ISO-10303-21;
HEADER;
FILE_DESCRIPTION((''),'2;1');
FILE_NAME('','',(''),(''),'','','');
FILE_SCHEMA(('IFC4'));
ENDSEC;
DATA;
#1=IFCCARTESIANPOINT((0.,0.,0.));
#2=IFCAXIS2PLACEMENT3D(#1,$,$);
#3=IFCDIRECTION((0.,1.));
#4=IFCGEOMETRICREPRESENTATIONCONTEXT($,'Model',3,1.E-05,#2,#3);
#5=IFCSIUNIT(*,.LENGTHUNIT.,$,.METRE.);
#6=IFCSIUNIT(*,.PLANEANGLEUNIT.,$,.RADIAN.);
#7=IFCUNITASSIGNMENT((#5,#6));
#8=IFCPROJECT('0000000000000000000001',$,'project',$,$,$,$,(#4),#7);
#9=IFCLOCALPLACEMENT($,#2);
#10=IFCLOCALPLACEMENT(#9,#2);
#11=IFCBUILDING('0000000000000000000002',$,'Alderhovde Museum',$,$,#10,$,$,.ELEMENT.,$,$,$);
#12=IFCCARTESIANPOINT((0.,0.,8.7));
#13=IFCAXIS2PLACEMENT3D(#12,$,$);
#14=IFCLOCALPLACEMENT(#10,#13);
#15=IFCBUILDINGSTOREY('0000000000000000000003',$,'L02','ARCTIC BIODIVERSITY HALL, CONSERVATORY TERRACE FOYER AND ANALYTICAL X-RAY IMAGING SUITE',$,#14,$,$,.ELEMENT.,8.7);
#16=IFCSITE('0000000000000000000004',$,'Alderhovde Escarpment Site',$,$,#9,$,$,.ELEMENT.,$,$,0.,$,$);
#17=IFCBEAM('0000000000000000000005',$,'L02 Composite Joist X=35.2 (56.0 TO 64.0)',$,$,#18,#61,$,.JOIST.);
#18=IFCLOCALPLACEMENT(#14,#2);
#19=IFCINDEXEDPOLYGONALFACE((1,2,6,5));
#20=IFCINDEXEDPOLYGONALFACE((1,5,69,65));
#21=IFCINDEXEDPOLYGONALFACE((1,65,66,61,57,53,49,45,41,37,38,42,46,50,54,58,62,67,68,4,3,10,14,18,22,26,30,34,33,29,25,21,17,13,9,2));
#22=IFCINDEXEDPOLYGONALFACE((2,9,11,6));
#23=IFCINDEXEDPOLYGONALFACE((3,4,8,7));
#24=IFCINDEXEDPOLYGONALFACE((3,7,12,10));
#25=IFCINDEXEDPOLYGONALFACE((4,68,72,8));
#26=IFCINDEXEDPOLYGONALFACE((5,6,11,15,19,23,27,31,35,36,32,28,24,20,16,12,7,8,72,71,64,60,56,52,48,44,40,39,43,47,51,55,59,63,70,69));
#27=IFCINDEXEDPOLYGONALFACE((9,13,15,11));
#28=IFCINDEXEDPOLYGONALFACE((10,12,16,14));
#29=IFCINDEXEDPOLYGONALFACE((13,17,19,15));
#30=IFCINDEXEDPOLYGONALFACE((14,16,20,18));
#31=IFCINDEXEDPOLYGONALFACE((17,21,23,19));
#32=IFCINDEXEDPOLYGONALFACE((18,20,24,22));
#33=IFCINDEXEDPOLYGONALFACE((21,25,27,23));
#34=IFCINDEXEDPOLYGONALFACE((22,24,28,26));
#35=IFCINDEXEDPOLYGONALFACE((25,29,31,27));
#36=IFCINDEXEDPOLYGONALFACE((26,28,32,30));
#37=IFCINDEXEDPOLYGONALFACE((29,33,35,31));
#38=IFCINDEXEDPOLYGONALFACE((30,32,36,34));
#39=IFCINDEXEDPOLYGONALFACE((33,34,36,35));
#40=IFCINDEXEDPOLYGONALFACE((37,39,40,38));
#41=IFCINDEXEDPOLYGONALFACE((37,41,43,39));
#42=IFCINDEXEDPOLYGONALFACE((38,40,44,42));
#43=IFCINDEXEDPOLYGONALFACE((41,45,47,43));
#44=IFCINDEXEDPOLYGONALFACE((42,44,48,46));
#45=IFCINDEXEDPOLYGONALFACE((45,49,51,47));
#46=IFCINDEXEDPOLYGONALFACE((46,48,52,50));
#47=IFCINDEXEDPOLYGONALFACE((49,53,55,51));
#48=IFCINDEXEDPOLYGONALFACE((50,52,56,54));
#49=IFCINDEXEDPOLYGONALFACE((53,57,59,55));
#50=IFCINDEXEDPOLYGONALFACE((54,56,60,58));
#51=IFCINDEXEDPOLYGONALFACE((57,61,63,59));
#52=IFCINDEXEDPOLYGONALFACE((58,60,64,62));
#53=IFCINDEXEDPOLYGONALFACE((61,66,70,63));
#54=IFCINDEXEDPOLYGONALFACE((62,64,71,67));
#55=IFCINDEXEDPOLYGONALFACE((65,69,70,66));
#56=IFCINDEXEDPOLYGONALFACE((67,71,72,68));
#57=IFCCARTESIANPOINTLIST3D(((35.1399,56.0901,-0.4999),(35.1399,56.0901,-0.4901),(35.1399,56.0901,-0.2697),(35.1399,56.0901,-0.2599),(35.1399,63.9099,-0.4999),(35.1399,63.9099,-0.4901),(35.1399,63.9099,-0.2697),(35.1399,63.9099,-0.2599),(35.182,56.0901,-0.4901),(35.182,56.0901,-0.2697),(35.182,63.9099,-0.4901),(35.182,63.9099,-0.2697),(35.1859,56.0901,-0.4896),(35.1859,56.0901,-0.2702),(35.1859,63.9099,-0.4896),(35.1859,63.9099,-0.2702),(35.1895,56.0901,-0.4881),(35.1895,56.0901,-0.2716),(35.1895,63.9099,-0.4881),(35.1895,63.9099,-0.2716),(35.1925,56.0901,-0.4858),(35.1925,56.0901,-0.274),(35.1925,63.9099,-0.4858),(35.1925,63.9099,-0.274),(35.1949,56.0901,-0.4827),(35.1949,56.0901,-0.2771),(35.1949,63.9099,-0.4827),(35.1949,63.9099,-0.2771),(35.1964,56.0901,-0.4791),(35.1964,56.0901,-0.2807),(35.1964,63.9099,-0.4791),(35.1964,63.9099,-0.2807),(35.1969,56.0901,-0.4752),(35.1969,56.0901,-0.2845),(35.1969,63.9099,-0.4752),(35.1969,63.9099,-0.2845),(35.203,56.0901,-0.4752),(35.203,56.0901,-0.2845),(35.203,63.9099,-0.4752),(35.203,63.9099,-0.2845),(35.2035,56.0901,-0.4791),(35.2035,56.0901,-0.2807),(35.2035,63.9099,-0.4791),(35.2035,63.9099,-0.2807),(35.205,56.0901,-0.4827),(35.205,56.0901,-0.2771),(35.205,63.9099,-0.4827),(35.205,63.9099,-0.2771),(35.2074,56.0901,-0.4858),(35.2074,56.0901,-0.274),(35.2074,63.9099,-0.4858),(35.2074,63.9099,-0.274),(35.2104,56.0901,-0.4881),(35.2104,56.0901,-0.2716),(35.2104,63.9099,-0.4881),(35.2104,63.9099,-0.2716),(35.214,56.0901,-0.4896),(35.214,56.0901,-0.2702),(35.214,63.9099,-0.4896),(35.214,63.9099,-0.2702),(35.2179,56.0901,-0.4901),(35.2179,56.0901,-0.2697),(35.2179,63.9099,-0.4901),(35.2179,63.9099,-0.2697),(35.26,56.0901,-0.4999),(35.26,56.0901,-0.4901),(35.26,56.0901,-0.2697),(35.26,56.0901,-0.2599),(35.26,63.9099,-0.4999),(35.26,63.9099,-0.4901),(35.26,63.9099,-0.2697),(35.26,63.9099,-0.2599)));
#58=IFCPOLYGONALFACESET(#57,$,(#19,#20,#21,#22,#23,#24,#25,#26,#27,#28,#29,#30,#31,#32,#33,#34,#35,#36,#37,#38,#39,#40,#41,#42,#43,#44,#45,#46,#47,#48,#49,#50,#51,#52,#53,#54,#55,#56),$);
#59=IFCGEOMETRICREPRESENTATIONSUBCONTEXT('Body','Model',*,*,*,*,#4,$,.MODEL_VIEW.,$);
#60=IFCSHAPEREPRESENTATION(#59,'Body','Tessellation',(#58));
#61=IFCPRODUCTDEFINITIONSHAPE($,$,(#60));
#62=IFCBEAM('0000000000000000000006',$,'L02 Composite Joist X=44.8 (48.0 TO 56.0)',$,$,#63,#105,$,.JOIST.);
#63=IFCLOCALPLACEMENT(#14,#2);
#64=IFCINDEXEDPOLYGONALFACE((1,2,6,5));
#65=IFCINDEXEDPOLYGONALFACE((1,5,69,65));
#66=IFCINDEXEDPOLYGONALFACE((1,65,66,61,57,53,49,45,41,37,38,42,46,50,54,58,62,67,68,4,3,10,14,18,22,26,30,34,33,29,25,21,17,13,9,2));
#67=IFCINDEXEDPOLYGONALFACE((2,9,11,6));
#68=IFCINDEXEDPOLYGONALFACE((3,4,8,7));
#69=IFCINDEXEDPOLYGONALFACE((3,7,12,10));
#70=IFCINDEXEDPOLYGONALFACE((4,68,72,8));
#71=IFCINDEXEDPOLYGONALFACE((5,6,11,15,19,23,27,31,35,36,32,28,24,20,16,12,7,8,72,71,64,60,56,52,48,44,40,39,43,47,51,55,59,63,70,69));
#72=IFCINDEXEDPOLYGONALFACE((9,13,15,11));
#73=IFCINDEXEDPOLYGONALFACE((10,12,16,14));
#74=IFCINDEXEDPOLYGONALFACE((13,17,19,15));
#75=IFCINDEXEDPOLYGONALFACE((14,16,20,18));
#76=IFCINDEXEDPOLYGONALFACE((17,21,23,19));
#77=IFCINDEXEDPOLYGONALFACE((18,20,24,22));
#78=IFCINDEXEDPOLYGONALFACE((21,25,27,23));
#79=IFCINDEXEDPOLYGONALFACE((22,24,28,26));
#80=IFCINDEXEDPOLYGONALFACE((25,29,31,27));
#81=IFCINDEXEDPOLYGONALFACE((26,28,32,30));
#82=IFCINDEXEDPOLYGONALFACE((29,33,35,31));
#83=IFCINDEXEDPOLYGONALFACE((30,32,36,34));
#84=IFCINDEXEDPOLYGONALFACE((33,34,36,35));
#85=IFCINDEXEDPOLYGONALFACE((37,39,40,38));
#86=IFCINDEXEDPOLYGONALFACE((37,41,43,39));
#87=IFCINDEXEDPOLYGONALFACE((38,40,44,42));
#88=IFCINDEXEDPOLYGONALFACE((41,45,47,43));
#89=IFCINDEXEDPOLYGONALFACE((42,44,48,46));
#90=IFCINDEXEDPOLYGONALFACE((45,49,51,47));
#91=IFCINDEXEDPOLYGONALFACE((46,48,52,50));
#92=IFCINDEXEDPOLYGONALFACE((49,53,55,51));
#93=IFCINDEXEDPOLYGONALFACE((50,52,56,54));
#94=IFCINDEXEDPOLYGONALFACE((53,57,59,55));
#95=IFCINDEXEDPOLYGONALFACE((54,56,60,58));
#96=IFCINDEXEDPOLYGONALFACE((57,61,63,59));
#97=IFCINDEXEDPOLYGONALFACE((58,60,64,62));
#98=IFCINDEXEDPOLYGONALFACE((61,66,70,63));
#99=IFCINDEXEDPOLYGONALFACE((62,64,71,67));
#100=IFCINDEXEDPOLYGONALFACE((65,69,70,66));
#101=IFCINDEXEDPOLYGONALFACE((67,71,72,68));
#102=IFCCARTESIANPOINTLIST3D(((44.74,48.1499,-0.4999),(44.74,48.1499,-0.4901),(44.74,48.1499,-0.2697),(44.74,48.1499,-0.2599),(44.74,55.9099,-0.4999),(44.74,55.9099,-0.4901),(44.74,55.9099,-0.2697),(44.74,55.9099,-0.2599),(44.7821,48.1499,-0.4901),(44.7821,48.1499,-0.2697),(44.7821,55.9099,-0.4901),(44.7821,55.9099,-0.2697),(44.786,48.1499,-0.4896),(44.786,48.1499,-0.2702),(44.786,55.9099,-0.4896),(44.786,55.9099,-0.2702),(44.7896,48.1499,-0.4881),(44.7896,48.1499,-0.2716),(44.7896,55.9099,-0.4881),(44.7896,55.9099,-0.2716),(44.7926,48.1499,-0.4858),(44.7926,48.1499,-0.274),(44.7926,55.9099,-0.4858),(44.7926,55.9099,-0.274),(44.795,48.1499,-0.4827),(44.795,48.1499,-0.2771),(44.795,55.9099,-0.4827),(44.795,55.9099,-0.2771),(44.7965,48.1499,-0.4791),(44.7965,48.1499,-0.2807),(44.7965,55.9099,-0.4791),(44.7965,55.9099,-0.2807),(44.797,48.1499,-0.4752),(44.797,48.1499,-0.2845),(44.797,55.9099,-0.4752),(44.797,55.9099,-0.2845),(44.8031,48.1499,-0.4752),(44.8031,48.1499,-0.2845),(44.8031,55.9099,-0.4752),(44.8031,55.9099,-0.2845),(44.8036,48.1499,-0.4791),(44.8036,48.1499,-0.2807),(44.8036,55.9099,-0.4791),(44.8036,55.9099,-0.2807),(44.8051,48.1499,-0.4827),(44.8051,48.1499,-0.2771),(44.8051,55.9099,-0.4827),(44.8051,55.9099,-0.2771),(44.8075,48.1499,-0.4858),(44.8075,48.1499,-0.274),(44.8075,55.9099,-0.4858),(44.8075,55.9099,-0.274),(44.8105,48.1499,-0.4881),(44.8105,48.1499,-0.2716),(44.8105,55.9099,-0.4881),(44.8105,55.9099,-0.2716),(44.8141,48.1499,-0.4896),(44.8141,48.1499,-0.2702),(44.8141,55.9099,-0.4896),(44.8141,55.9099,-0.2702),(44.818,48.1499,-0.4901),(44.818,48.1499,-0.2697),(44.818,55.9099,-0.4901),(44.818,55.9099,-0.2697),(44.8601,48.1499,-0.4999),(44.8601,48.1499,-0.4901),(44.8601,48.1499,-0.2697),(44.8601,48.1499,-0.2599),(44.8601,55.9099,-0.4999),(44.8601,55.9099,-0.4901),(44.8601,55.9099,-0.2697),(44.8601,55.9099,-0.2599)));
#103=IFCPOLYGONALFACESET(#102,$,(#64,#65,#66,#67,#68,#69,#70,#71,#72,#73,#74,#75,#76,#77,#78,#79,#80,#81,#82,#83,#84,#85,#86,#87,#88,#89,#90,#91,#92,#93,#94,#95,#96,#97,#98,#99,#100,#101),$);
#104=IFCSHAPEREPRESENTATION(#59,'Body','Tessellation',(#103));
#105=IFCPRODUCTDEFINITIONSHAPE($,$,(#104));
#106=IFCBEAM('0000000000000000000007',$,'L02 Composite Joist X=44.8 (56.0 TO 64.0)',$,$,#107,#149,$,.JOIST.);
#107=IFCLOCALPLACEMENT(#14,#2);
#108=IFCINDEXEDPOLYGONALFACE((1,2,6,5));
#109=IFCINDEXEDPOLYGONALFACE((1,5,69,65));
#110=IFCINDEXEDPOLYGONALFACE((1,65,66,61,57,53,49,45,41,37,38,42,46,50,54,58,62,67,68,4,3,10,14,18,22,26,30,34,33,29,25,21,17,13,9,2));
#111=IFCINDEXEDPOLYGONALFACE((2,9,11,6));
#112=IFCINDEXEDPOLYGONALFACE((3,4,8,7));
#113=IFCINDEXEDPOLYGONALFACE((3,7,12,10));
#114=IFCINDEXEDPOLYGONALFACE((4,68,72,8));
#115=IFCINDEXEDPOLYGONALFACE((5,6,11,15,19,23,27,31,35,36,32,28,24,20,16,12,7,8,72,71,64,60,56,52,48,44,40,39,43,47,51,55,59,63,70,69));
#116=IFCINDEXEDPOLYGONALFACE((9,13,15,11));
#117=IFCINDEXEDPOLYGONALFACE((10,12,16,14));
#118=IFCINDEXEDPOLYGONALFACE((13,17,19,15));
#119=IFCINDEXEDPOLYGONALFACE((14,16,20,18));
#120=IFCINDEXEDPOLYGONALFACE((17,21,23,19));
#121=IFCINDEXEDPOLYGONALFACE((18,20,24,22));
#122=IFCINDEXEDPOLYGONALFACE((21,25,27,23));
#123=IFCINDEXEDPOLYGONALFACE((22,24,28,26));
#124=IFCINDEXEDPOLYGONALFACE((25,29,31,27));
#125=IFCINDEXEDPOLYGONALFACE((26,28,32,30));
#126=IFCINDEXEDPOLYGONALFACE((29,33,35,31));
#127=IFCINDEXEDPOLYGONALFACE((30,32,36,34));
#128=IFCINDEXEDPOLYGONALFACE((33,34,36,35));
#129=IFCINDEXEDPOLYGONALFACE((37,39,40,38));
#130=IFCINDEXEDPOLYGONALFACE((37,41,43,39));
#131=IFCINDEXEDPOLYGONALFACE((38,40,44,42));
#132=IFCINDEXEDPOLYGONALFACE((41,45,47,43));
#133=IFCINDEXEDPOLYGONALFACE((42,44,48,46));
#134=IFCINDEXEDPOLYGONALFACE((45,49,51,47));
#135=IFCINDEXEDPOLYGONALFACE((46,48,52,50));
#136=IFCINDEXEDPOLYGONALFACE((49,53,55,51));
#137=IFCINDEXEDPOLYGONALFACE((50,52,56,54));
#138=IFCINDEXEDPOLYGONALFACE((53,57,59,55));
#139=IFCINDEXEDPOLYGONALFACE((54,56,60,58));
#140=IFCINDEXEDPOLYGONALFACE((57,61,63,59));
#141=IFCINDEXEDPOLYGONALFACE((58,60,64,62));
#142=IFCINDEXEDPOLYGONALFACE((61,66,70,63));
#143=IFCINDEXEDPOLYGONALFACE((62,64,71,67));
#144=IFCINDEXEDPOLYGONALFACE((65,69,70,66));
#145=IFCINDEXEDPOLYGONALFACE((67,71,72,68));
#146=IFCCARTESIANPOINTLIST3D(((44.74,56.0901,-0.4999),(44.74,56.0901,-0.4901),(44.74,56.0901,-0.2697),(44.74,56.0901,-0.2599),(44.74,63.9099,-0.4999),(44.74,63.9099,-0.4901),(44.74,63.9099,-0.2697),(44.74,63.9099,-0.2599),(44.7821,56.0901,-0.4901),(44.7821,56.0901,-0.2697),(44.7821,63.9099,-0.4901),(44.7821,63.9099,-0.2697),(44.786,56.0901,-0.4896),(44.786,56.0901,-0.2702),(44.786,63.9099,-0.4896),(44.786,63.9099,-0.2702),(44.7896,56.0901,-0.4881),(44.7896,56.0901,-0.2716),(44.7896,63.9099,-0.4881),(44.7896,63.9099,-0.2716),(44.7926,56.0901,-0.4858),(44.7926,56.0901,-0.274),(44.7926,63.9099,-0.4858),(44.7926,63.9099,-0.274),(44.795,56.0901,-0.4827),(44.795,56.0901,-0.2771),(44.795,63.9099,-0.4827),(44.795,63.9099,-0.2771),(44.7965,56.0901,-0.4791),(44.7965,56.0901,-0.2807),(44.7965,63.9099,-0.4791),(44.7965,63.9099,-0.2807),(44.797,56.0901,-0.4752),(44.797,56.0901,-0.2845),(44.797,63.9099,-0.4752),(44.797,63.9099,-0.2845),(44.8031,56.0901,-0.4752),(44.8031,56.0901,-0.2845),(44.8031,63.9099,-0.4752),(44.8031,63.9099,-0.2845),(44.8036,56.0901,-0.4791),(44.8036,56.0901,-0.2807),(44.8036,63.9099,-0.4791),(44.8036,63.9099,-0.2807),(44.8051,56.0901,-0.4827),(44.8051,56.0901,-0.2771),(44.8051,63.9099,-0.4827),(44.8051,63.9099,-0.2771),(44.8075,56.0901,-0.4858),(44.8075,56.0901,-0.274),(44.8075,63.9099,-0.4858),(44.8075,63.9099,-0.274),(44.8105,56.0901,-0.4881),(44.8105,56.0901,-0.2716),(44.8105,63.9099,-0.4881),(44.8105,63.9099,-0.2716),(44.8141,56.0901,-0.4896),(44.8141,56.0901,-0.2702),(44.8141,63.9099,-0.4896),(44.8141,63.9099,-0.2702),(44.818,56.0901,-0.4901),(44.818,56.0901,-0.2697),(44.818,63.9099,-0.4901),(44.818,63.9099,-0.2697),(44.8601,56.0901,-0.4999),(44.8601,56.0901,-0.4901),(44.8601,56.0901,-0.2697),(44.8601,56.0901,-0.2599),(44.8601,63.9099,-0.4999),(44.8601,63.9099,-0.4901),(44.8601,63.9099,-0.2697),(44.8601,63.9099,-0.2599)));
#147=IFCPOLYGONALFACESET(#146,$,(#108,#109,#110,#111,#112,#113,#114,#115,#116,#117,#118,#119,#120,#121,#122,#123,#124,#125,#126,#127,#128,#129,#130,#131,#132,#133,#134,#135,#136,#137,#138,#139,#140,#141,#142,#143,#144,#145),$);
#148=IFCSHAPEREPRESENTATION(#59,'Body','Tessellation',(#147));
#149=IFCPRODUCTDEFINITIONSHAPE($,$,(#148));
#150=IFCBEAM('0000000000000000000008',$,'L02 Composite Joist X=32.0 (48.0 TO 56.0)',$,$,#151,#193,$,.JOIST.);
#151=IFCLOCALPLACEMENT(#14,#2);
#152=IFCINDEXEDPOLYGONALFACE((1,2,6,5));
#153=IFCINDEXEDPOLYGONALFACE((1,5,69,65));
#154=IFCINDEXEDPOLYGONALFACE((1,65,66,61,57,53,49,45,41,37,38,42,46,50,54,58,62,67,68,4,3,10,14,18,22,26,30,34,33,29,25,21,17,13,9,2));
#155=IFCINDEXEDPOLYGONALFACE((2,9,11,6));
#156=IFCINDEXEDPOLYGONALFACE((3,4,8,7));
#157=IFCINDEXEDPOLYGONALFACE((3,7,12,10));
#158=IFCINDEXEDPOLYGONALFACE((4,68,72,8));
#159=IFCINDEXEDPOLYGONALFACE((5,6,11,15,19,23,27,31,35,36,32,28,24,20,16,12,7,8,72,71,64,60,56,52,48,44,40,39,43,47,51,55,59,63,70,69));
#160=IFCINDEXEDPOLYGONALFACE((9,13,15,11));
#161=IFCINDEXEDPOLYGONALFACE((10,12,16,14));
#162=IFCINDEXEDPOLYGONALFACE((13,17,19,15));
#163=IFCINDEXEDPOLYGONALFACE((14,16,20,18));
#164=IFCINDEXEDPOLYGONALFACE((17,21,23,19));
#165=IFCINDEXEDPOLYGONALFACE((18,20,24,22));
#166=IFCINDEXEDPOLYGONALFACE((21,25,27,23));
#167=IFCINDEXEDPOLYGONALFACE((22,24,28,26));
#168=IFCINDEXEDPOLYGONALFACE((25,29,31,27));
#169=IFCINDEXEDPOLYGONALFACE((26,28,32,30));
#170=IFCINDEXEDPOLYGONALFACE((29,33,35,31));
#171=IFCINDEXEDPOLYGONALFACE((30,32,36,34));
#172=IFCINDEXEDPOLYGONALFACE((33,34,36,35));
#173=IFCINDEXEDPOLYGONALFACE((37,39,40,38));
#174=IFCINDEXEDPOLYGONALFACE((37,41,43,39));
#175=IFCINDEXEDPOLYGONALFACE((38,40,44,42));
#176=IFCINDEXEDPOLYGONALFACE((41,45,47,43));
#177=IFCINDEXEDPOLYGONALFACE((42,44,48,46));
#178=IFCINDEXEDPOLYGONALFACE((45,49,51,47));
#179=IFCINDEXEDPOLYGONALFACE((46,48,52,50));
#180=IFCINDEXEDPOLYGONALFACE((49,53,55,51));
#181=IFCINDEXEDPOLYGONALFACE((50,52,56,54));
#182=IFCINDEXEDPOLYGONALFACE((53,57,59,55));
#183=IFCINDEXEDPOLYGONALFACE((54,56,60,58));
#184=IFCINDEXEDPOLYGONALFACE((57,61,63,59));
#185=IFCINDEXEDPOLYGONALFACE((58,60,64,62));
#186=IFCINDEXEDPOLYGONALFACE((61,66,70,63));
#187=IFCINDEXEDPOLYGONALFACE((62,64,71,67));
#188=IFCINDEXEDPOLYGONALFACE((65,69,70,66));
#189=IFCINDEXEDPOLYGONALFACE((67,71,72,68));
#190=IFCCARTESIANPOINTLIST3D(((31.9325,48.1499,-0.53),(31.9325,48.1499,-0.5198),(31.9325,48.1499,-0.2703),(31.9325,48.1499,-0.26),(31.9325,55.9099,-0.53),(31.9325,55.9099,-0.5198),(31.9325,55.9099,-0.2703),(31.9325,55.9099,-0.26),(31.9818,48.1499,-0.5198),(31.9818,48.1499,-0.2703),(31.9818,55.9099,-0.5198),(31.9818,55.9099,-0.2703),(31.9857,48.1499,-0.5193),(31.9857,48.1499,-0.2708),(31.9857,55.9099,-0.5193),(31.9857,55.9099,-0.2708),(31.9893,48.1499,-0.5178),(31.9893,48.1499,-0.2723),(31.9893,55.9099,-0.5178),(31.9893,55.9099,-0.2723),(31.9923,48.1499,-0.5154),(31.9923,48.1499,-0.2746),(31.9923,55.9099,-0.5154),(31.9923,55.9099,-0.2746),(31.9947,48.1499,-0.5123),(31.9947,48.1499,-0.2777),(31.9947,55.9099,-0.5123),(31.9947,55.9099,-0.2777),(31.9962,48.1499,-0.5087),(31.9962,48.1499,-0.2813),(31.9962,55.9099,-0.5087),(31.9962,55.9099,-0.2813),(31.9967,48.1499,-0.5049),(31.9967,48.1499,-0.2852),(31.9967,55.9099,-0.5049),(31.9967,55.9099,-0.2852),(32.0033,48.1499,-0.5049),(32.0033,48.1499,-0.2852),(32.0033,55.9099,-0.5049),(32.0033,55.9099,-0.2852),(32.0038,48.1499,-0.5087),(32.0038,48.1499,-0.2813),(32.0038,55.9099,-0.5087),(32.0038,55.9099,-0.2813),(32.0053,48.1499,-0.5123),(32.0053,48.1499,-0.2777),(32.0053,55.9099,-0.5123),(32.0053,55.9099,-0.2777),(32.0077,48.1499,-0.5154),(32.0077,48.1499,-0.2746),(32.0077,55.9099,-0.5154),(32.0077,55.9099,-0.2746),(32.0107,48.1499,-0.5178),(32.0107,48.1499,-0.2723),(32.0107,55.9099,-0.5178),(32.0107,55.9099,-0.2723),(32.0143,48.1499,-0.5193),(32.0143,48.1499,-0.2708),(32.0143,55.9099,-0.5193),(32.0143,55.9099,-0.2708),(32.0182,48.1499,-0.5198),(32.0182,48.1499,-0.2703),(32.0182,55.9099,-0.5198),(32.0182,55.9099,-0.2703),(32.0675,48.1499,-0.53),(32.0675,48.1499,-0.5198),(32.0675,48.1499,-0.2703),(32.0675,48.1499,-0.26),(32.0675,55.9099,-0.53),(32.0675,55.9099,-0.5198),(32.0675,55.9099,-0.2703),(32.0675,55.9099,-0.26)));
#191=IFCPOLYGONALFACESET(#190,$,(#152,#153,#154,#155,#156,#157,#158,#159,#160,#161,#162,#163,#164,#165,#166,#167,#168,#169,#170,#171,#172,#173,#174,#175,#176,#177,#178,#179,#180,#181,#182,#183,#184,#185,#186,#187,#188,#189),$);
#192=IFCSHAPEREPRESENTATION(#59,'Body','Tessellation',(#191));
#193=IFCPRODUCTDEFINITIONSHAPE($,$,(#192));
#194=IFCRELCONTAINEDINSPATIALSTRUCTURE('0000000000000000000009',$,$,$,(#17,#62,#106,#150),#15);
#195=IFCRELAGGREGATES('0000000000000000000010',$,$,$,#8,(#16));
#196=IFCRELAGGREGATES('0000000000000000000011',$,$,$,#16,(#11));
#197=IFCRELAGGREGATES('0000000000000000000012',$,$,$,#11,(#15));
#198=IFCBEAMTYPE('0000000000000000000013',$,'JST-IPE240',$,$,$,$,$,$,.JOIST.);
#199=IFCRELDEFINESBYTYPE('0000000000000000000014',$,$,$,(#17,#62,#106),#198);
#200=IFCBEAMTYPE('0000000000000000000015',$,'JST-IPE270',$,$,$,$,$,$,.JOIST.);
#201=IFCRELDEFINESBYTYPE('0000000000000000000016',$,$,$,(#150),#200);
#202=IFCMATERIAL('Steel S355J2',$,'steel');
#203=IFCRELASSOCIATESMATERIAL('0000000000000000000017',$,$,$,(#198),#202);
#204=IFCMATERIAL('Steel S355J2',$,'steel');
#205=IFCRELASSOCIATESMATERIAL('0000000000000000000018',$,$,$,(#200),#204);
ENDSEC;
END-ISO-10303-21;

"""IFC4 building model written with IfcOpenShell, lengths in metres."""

from ifc_helpers import new_model, si_unit, direction, frame, origin, origin_2d, place, context, subcontext, project, spatial, i_section, extrude, material, material_profile, profile_set, type_object, element, save


model = new_model("IFC4")

# Units and contexts
model_context = context("Model", 3, precision=1e-05, world=origin(), true_north=direction((0.0, 1.0)))
body_context = subcontext(model_context, "Body", "Model", "MODEL_VIEW")
ifc_project = project(units=[si_unit("LENGTHUNIT", "METRE"), si_unit("PLANEANGLEUNIT", "RADIAN")], contexts=[model_context])

# Site, building, storey
site_placement = place(None, origin())
site = spatial("IfcSite", under=ifc_project, at=site_placement, Name="Alderhovde Escarpment Site", CompositionType="ELEMENT", RefElevation=0.0)
building_placement = place(site_placement, origin())
building = spatial("IfcBuilding", under=site, at=building_placement, Name="Alderhovde Museum", CompositionType="ELEMENT")
storey_placement = place(building_placement, frame((0.0, 0.0, 8.7)))
storey = spatial("IfcBuildingStorey", under=building, at=storey_placement, Name="L02", Description="ARCTIC BIODIVERSITY HALL, CONSERVATORY TERRACE FOYER AND ANALYTICAL X-RAY IMAGING SUITE", CompositionType="ELEMENT", Elevation=8.7)

# Beams
ifc_material_1 = material(Name="Steel S355J2", Category="steel")
ifc_material_profile_1 = material_profile(ifc_material_1, i_section(OverallWidth=0.1201, OverallDepth=0.24, WebThickness=0.0061, FlangeThickness=0.0098, FilletRadius=0.0149, at=origin_2d()), Name="IPE 240")
ifc_profile_set_1 = profile_set([ifc_material_profile_1], Name="Steel S355J2")
beam_type_1 = type_object("IfcBeamType", Name="JST-IPE240", PredefinedType="JOIST", material=ifc_profile_set_1)
beam_1_placement = place(storey_placement, frame((35.2, 56.0901, -0.3799), z_axis=(0.0, 1.0, 0.0), x_axis=(-1.0, 0.0, 0.0)))
element("IfcBeam", 1, at=beam_1_placement, inside=storey, type_object=beam_type_1, Name="L02 Composite Joist X=35.2 (56.0 TO 64.0)", PredefinedType="JOIST", context=body_context, shape_type="SweptSolid", body=[
    extrude(i_section(OverallWidth=0.1201, OverallDepth=0.24, WebThickness=0.0061, FlangeThickness=0.0098, FilletRadius=0.0149, at=origin_2d()), origin(), (0.0, 0.0, 1.0), 7.8198),
])
beam_2_placement = place(storey_placement, frame((44.8, 48.1499, -0.3799), z_axis=(0.0, 1.0, 0.0), x_axis=(-1.0, 0.0, 0.0)))
element("IfcBeam", 2, at=beam_2_placement, inside=storey, type_object=beam_type_1, Name="L02 Composite Joist X=44.8 (48.0 TO 56.0)", PredefinedType="JOIST", context=body_context, shape_type="SweptSolid", body=[
    extrude(i_section(OverallWidth=0.1201, OverallDepth=0.24, WebThickness=0.0061, FlangeThickness=0.0098, FilletRadius=0.0149, at=origin_2d()), origin(), (0.0, 0.0, 1.0), 7.76),
])
beam_3_placement = place(storey_placement, frame((44.8, 56.0901, -0.3799), z_axis=(0.0, 1.0, 0.0), x_axis=(-1.0, 0.0, 0.0)))
element("IfcBeam", 3, at=beam_3_placement, inside=storey, type_object=beam_type_1, Name="L02 Composite Joist X=44.8 (56.0 TO 64.0)", PredefinedType="JOIST", context=body_context, shape_type="SweptSolid", body=[
    extrude(i_section(OverallWidth=0.1201, OverallDepth=0.24, WebThickness=0.0061, FlangeThickness=0.0098, FilletRadius=0.0149, at=origin_2d()), origin(), (0.0, 0.0, 1.0), 7.8198),
])
ifc_material_2 = material(Name="Steel S355J2", Category="steel")
ifc_material_profile_2 = material_profile(ifc_material_2, i_section(OverallWidth=0.135, OverallDepth=0.27, WebThickness=0.0066, FlangeThickness=0.0103, FilletRadius=0.0149, at=origin_2d()), Name="IPE 270")
ifc_profile_set_2 = profile_set([ifc_material_profile_2], Name="Steel S355J2")
beam_type_2 = type_object("IfcBeamType", Name="JST-IPE270", PredefinedType="JOIST", material=ifc_profile_set_2)
beam_4_placement = place(storey_placement, frame((32.0, 48.1499, -0.395), z_axis=(0.0, 1.0, 0.0), x_axis=(-1.0, 0.0, 0.0)))
element("IfcBeam", 4, at=beam_4_placement, inside=storey, type_object=beam_type_2, Name="L02 Composite Joist X=32.0 (48.0 TO 56.0)", PredefinedType="JOIST", context=body_context, shape_type="SweptSolid", body=[
    extrude(i_section(OverallWidth=0.135, OverallDepth=0.27, WebThickness=0.0066, FlangeThickness=0.0103, FilletRadius=0.0149, at=origin_2d()), origin(), (0.0, 0.0, 1.0), 7.76),
])

save(model, "model.ifc")
